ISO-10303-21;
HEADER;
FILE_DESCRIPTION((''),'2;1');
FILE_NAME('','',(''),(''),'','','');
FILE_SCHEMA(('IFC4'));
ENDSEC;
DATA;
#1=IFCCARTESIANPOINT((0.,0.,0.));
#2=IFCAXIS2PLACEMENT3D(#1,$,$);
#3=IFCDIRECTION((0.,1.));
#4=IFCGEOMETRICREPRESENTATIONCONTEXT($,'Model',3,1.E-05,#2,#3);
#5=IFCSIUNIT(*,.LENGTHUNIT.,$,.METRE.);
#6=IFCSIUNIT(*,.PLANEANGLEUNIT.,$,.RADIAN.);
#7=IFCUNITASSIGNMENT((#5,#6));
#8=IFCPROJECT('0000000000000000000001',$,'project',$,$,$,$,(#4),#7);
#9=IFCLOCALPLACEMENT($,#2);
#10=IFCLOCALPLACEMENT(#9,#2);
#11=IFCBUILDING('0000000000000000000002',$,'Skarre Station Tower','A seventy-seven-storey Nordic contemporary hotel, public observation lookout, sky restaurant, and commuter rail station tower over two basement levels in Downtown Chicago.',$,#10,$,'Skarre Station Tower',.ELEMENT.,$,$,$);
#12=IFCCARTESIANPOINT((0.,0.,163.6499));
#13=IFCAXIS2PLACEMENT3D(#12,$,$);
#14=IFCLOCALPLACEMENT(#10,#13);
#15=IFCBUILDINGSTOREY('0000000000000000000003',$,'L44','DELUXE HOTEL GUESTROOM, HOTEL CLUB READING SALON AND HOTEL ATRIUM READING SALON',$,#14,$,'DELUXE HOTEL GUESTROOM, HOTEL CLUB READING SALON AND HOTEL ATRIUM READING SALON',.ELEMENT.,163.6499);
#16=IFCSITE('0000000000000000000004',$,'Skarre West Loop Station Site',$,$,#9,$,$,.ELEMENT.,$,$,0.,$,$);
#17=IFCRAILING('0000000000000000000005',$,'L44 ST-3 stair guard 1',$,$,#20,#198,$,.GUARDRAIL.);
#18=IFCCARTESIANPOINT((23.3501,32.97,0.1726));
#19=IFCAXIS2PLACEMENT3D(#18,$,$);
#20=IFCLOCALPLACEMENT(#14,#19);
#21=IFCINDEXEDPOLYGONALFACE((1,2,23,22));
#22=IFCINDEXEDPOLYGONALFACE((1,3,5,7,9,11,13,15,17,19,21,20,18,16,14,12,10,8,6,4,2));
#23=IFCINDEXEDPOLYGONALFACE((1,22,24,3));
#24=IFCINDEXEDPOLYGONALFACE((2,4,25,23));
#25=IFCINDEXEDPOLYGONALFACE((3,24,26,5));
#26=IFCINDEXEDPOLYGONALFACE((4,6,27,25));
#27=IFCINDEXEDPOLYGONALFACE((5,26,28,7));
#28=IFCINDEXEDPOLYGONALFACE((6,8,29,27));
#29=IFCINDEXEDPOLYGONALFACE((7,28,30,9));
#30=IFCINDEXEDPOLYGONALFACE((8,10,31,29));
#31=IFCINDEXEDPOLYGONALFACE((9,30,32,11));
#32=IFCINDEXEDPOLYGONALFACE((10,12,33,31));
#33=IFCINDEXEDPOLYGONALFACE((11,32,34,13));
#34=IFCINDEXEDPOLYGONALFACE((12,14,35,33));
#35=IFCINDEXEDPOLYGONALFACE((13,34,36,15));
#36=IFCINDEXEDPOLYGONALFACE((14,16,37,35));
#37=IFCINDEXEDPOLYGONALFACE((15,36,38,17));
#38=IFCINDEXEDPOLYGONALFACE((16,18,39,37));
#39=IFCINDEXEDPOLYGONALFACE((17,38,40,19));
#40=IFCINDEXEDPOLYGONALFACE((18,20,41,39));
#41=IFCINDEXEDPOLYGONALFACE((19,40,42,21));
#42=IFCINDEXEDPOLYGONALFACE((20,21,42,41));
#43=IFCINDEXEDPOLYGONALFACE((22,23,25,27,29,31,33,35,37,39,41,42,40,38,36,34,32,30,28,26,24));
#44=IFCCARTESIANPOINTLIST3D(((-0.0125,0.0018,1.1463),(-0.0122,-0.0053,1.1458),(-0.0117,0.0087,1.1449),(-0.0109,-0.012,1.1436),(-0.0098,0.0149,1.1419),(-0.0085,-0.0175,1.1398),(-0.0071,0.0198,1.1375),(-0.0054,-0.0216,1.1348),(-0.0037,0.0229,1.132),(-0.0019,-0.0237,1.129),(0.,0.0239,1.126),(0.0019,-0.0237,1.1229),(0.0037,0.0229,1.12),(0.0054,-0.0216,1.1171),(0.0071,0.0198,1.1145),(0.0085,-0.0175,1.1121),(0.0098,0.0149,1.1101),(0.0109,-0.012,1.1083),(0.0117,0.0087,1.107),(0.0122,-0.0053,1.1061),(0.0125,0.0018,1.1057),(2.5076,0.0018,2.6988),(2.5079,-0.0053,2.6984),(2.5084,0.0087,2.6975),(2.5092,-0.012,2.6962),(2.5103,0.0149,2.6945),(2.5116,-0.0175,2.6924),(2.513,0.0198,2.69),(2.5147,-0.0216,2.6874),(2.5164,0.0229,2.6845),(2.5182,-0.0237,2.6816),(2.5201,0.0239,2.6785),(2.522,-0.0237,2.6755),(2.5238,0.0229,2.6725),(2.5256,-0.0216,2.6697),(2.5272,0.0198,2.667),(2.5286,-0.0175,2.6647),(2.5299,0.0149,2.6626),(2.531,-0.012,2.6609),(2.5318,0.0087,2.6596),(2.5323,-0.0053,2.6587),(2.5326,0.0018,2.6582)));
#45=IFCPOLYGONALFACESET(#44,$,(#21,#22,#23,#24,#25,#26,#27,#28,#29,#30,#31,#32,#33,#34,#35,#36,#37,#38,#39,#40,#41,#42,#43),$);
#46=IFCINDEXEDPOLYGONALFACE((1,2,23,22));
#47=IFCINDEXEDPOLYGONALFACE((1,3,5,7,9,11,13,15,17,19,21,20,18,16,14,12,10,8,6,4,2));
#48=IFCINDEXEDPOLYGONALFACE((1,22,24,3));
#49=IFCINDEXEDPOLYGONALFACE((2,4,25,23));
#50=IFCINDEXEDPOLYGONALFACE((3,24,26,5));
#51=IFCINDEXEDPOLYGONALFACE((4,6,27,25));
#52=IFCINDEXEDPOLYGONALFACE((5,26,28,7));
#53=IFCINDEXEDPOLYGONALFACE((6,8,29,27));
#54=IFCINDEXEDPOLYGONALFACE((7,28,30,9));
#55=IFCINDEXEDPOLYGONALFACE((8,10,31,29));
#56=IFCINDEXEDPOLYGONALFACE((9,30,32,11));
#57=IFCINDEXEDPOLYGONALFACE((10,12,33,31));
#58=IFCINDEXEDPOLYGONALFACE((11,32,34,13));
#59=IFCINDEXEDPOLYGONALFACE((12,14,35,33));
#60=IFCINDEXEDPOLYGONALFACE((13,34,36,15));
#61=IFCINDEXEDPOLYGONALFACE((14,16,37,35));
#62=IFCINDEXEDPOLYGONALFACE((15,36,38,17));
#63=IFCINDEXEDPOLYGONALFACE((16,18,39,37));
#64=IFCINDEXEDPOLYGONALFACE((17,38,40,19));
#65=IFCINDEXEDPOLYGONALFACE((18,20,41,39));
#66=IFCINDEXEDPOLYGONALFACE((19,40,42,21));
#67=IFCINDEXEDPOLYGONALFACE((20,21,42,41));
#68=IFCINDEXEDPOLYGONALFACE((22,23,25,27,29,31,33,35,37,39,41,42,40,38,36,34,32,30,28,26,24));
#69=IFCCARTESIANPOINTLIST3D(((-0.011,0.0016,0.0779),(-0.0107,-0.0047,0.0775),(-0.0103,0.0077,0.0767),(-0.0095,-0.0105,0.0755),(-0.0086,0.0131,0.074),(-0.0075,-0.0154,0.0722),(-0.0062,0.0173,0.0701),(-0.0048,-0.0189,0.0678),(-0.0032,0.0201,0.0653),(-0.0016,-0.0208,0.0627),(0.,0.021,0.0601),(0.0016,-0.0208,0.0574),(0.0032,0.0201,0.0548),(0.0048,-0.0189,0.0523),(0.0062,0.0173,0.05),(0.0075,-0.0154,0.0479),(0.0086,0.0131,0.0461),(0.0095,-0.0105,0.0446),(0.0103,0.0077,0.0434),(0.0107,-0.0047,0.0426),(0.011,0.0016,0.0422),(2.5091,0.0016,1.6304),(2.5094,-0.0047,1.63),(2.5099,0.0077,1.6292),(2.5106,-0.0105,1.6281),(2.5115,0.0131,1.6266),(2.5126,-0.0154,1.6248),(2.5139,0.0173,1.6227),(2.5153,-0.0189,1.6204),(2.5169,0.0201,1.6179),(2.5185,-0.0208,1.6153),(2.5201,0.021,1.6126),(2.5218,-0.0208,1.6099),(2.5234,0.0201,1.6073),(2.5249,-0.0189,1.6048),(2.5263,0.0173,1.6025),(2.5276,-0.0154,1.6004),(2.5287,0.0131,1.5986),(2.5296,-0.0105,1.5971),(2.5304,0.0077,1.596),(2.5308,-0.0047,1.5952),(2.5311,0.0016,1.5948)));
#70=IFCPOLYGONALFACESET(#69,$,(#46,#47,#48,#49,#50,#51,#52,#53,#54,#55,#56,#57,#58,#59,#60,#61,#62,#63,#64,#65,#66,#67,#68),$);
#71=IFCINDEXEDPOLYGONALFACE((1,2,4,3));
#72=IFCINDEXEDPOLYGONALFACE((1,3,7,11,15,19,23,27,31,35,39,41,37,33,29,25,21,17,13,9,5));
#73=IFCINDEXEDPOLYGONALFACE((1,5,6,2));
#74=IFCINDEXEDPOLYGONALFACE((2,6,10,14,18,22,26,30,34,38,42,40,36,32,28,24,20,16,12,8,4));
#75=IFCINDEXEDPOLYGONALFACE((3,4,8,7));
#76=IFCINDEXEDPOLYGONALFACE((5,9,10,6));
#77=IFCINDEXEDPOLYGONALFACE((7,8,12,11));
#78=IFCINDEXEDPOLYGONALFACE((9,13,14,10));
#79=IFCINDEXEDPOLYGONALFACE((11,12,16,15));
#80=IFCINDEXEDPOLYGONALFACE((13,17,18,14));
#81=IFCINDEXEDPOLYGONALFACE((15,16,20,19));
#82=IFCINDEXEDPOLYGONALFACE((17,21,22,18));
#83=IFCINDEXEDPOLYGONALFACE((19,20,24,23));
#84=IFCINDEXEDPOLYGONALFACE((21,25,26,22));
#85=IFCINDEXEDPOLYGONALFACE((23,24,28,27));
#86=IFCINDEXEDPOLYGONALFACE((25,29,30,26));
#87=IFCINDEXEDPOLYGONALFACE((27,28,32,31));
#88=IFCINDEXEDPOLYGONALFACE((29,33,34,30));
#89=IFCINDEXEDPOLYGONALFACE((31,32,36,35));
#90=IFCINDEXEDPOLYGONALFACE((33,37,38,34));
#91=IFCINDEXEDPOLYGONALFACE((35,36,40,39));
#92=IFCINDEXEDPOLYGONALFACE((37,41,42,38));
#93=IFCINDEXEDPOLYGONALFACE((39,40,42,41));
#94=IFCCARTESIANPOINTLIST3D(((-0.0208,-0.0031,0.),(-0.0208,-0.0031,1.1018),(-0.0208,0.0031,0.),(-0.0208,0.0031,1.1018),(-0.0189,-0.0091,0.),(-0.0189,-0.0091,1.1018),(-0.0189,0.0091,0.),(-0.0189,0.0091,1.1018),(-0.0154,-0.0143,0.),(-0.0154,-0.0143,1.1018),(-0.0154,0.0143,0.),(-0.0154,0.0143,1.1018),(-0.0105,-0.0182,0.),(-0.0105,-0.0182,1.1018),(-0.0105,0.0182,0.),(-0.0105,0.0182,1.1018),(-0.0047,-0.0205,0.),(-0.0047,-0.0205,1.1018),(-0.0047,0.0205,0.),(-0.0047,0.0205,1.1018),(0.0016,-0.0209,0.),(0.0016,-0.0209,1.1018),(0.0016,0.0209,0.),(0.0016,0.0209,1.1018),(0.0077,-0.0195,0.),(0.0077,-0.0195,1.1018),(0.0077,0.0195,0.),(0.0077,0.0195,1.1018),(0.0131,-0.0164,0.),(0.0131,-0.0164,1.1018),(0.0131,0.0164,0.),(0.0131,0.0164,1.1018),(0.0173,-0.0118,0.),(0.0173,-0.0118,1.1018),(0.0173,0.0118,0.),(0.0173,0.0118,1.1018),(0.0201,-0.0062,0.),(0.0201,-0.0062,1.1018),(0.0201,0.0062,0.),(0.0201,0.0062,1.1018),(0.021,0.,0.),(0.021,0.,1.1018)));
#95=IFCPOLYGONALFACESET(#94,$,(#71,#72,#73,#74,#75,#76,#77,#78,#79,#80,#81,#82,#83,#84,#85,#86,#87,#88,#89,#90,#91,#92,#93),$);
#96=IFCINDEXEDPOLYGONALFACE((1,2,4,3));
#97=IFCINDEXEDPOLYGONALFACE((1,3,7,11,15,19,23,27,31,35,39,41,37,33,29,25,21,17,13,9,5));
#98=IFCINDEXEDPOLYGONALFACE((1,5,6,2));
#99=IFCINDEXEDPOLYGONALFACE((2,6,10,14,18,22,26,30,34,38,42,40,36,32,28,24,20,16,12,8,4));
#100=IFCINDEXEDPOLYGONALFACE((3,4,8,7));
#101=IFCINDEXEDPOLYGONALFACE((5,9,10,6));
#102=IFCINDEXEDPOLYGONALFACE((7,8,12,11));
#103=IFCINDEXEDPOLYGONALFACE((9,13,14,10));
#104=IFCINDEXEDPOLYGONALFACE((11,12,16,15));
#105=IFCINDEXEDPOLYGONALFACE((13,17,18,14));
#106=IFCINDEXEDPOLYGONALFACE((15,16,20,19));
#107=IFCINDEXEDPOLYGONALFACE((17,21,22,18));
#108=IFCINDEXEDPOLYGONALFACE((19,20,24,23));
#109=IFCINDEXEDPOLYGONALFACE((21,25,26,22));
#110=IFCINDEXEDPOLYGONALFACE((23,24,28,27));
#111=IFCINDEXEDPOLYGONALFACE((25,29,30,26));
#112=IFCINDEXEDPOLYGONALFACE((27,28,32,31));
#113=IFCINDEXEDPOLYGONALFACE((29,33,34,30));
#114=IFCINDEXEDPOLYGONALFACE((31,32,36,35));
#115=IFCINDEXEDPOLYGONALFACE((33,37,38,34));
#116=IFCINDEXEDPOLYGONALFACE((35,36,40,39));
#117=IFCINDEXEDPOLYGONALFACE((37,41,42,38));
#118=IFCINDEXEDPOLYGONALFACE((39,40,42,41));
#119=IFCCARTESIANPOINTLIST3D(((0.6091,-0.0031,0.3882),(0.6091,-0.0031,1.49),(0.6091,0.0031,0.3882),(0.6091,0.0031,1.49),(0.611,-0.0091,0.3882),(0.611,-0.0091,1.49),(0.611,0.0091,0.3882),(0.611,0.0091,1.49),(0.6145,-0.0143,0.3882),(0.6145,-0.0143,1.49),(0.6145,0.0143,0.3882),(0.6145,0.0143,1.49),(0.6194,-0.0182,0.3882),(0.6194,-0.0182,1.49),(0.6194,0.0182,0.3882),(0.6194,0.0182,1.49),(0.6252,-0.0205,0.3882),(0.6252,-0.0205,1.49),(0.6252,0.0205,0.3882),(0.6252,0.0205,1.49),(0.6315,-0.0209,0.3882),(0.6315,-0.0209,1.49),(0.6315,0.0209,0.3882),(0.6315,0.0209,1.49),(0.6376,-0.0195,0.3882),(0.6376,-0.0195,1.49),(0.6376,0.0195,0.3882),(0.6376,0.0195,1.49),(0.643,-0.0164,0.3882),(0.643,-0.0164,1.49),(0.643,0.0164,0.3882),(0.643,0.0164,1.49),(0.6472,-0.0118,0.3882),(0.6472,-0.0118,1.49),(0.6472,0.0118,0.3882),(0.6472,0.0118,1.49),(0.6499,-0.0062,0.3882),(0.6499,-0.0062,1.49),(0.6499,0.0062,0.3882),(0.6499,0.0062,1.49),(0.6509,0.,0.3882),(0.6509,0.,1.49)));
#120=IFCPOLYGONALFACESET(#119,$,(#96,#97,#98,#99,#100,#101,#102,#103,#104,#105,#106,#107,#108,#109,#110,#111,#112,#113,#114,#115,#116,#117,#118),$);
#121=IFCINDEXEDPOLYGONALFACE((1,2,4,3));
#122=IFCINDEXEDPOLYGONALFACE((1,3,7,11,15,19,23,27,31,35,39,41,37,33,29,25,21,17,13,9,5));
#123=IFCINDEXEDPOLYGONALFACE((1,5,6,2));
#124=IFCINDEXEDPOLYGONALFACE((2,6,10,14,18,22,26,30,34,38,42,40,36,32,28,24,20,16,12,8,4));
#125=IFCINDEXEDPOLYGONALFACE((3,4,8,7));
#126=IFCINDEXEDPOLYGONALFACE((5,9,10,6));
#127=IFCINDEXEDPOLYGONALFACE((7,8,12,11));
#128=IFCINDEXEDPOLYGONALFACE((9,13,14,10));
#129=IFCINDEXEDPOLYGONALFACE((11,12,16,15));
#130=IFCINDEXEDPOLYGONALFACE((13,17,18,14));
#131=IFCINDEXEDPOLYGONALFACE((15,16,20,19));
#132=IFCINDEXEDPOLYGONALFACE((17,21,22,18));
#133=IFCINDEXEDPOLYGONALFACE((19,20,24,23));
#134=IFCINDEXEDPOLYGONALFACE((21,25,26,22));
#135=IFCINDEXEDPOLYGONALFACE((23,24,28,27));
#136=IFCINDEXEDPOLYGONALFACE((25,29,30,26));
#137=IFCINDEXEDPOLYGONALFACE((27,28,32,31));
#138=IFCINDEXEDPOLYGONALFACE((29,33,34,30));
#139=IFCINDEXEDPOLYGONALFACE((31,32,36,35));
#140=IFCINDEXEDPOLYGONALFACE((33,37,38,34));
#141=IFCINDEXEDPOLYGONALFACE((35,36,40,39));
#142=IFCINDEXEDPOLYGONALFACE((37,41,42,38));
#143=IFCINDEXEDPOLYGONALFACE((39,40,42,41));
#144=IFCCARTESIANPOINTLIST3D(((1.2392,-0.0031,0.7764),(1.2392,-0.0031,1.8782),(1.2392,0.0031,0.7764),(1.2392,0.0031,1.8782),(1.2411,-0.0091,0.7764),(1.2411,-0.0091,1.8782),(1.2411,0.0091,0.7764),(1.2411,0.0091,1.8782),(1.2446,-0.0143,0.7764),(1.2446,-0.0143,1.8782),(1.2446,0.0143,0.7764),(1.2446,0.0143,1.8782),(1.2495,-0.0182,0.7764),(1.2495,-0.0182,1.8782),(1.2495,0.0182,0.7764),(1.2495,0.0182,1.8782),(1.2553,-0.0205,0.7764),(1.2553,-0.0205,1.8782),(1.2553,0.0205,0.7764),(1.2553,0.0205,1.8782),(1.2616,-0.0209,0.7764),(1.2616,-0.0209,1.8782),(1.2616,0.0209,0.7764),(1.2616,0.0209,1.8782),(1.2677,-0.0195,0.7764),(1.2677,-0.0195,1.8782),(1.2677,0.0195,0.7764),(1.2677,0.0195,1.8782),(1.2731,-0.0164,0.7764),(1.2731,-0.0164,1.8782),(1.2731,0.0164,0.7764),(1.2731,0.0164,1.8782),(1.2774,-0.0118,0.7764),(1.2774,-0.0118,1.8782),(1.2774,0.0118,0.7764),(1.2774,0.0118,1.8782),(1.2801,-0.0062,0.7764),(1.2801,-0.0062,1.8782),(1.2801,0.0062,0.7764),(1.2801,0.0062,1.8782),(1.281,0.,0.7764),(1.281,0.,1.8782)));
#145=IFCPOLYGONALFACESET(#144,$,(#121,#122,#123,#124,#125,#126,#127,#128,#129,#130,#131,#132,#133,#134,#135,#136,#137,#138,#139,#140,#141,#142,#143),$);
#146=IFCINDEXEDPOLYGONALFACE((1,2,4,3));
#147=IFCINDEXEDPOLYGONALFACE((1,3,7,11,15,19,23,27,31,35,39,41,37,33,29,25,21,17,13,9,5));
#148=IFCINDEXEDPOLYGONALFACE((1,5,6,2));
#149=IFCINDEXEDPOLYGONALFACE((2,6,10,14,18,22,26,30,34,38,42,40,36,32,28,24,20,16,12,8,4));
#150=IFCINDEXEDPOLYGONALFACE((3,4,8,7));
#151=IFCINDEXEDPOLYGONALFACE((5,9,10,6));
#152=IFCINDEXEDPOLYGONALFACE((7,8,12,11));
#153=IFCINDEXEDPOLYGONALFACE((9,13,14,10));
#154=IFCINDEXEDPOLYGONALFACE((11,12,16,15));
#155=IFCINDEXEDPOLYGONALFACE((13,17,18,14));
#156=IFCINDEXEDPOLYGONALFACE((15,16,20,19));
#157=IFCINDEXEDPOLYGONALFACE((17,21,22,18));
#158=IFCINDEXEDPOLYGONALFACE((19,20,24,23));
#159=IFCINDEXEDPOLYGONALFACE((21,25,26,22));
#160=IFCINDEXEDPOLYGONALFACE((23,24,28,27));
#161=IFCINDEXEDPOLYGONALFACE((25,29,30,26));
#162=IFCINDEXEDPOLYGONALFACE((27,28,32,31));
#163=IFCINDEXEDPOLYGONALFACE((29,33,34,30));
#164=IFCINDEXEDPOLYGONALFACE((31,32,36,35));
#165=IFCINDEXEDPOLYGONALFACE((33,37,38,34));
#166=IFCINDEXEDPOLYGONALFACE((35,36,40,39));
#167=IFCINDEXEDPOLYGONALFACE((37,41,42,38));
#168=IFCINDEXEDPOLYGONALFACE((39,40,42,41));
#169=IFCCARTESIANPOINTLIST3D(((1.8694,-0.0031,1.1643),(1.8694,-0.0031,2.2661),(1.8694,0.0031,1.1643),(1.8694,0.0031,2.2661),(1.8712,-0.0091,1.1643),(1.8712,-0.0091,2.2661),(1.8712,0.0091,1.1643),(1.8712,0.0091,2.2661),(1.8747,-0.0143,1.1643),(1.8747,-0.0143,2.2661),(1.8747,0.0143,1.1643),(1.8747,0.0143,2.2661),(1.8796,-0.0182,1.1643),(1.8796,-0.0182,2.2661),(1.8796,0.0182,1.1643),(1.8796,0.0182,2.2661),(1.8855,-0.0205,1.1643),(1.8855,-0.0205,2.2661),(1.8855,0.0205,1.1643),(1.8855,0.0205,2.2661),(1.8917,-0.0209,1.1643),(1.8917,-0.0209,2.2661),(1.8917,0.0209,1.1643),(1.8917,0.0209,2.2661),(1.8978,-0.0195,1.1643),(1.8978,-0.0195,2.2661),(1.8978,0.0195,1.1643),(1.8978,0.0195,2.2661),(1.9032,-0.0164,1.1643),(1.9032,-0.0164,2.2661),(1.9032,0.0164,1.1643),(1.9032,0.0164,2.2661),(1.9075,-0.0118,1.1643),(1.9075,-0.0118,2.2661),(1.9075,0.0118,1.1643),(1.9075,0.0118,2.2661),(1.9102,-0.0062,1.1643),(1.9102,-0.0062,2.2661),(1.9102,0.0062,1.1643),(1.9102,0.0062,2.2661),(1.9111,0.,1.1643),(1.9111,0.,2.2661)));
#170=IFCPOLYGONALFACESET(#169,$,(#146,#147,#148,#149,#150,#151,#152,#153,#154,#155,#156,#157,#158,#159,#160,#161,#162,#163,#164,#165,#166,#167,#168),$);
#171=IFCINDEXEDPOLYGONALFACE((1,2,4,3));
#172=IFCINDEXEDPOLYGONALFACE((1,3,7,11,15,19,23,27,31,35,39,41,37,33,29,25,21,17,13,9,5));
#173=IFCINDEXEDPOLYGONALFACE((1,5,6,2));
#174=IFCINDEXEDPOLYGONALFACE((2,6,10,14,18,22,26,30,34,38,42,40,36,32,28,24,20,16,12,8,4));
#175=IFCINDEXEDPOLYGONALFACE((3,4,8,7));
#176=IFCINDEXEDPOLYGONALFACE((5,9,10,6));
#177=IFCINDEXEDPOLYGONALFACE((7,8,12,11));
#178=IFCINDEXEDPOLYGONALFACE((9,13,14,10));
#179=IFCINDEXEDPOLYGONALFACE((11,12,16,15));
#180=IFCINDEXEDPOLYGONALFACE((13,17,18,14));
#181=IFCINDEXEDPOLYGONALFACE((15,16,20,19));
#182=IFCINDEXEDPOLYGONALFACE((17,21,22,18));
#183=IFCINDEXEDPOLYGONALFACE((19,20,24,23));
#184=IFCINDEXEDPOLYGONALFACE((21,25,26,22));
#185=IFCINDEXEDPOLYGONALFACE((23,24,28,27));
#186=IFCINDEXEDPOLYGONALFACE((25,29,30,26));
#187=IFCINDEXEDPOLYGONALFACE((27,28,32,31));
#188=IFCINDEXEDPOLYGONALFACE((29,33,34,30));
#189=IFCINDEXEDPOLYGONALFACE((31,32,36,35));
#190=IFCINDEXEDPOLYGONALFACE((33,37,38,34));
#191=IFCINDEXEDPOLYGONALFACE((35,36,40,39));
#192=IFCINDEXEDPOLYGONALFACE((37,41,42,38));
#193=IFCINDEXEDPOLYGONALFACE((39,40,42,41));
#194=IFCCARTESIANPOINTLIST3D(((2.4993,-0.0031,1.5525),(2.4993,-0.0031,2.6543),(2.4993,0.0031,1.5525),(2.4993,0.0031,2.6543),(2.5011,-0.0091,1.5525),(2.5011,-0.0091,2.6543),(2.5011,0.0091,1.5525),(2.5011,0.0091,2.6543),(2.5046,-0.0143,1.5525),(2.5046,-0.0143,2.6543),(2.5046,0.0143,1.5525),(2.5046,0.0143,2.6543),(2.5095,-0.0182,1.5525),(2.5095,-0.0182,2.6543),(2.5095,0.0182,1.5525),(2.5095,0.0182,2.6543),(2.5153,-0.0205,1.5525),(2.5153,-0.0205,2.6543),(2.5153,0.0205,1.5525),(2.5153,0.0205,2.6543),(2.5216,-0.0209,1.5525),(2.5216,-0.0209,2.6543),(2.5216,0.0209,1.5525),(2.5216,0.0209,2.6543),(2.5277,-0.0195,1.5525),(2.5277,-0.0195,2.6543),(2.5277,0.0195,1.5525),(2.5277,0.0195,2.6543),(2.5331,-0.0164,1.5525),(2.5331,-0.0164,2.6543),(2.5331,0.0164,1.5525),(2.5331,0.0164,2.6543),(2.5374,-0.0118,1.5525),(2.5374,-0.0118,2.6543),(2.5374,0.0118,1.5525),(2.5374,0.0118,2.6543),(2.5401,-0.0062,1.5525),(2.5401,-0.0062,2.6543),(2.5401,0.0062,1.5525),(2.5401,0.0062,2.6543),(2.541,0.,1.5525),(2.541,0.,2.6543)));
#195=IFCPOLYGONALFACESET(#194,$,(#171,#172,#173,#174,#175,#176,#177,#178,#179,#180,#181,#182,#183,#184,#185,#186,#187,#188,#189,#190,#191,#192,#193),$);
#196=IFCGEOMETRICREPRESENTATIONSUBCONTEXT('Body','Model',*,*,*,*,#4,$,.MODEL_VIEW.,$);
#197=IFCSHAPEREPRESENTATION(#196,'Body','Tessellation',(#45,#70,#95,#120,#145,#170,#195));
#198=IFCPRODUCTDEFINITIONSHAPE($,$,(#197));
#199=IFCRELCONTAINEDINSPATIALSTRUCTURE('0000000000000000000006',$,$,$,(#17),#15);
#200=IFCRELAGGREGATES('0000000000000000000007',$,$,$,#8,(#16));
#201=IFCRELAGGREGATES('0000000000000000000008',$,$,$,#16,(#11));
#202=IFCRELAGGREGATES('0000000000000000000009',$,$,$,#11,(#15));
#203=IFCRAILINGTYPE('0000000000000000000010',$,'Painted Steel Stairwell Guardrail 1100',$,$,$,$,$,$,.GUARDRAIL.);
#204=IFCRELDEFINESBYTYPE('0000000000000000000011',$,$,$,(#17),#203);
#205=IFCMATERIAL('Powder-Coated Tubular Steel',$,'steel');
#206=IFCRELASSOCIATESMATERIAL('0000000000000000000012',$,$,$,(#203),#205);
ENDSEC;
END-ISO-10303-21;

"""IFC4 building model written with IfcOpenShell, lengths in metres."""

from ifc_helpers import new_model, si_unit, direction, frame, origin, origin_2d, place, context, subcontext, project, spatial, circle, extrude, material, type_object, element, save


model = new_model("IFC4")

# Units and contexts
model_context = context("Model", 3, precision=1e-05, world=origin(), true_north=direction((0.0, 1.0)))
body_context = subcontext(model_context, "Body", "Model", "MODEL_VIEW")
ifc_project = project(units=[si_unit("LENGTHUNIT", "METRE"), si_unit("PLANEANGLEUNIT", "RADIAN")], contexts=[model_context])

# Site, building, storey
site_placement = place(None, origin())
site = spatial("IfcSite", under=ifc_project, at=site_placement, Name="Skarre West Loop Station Site", CompositionType="ELEMENT", RefElevation=0.0)
building_placement = place(site_placement, origin())
building = spatial("IfcBuilding", under=site, at=building_placement, Name="Skarre Station Tower", Description="A seventy-seven-storey Nordic contemporary hotel, public observation lookout, sky restaurant, and commuter rail station tower over two basement levels in Downtown Chicago.", LongName="Skarre Station Tower", CompositionType="ELEMENT")
storey_placement = place(building_placement, frame((0.0, 0.0, 163.6499)))
storey = spatial("IfcBuildingStorey", under=building, at=storey_placement, Name="L44", Description="DELUXE HOTEL GUESTROOM, HOTEL CLUB READING SALON AND HOTEL ATRIUM READING SALON", LongName="DELUXE HOTEL GUESTROOM, HOTEL CLUB READING SALON AND HOTEL ATRIUM READING SALON", CompositionType="ELEMENT", Elevation=163.6499)

# Railing
ifc_material_1 = material(Name="Powder-Coated Tubular Steel", Category="steel")
railing_type_1 = type_object("IfcRailingType", Name="Painted Steel Stairwell Guardrail 1100", PredefinedType="GUARDRAIL", material=ifc_material_1)
railing_1_placement = place(storey_placement, frame((23.3501, 32.97, 0.1726)))
element("IfcRailing", 1, at=railing_1_placement, inside=storey, type_object=railing_type_1, Name="L44 ST-3 stair guard 1", PredefinedType="GUARDRAIL", context=body_context, shape_type="SweptSolid", body=[
    extrude(circle(Radius=0.0239, at=origin_2d()), frame((0.0, 0.0, 1.126), z_axis=(0.8514, 0.0, 0.524516), x_axis=(0.0, 1.0, 0.0)), (0.0, 0.0, 1.0), 2.96),
    extrude(circle(Radius=0.021, at=origin_2d()), frame((0.0, 0.0, 0.0601), z_axis=(0.8514, 0.0, 0.524516), x_axis=(0.0, 1.0, 0.0)), (0.0, 0.0, 1.0), 2.96),
    extrude(circle(Radius=0.021, at=origin_2d()), origin(), (0.0, 0.0, 1.0), 1.1018),
    extrude(circle(Radius=0.021, at=origin_2d()), frame((0.6299, 0.0, 0.3882)), (0.0, 0.0, 1.0), 1.1018),
    extrude(circle(Radius=0.021, at=origin_2d()), frame((1.26, 0.0, 0.7764)), (0.0, 0.0, 1.0), 1.1018),
    extrude(circle(Radius=0.021, at=origin_2d()), frame((1.8901, 0.0, 1.1643)), (0.0, 0.0, 1.0), 1.1018),
    extrude(circle(Radius=0.021, at=origin_2d()), frame((2.52, 0.0, 1.5525)), (0.0, 0.0, 1.0), 1.1018),
])

save(model, "model.ifc")
